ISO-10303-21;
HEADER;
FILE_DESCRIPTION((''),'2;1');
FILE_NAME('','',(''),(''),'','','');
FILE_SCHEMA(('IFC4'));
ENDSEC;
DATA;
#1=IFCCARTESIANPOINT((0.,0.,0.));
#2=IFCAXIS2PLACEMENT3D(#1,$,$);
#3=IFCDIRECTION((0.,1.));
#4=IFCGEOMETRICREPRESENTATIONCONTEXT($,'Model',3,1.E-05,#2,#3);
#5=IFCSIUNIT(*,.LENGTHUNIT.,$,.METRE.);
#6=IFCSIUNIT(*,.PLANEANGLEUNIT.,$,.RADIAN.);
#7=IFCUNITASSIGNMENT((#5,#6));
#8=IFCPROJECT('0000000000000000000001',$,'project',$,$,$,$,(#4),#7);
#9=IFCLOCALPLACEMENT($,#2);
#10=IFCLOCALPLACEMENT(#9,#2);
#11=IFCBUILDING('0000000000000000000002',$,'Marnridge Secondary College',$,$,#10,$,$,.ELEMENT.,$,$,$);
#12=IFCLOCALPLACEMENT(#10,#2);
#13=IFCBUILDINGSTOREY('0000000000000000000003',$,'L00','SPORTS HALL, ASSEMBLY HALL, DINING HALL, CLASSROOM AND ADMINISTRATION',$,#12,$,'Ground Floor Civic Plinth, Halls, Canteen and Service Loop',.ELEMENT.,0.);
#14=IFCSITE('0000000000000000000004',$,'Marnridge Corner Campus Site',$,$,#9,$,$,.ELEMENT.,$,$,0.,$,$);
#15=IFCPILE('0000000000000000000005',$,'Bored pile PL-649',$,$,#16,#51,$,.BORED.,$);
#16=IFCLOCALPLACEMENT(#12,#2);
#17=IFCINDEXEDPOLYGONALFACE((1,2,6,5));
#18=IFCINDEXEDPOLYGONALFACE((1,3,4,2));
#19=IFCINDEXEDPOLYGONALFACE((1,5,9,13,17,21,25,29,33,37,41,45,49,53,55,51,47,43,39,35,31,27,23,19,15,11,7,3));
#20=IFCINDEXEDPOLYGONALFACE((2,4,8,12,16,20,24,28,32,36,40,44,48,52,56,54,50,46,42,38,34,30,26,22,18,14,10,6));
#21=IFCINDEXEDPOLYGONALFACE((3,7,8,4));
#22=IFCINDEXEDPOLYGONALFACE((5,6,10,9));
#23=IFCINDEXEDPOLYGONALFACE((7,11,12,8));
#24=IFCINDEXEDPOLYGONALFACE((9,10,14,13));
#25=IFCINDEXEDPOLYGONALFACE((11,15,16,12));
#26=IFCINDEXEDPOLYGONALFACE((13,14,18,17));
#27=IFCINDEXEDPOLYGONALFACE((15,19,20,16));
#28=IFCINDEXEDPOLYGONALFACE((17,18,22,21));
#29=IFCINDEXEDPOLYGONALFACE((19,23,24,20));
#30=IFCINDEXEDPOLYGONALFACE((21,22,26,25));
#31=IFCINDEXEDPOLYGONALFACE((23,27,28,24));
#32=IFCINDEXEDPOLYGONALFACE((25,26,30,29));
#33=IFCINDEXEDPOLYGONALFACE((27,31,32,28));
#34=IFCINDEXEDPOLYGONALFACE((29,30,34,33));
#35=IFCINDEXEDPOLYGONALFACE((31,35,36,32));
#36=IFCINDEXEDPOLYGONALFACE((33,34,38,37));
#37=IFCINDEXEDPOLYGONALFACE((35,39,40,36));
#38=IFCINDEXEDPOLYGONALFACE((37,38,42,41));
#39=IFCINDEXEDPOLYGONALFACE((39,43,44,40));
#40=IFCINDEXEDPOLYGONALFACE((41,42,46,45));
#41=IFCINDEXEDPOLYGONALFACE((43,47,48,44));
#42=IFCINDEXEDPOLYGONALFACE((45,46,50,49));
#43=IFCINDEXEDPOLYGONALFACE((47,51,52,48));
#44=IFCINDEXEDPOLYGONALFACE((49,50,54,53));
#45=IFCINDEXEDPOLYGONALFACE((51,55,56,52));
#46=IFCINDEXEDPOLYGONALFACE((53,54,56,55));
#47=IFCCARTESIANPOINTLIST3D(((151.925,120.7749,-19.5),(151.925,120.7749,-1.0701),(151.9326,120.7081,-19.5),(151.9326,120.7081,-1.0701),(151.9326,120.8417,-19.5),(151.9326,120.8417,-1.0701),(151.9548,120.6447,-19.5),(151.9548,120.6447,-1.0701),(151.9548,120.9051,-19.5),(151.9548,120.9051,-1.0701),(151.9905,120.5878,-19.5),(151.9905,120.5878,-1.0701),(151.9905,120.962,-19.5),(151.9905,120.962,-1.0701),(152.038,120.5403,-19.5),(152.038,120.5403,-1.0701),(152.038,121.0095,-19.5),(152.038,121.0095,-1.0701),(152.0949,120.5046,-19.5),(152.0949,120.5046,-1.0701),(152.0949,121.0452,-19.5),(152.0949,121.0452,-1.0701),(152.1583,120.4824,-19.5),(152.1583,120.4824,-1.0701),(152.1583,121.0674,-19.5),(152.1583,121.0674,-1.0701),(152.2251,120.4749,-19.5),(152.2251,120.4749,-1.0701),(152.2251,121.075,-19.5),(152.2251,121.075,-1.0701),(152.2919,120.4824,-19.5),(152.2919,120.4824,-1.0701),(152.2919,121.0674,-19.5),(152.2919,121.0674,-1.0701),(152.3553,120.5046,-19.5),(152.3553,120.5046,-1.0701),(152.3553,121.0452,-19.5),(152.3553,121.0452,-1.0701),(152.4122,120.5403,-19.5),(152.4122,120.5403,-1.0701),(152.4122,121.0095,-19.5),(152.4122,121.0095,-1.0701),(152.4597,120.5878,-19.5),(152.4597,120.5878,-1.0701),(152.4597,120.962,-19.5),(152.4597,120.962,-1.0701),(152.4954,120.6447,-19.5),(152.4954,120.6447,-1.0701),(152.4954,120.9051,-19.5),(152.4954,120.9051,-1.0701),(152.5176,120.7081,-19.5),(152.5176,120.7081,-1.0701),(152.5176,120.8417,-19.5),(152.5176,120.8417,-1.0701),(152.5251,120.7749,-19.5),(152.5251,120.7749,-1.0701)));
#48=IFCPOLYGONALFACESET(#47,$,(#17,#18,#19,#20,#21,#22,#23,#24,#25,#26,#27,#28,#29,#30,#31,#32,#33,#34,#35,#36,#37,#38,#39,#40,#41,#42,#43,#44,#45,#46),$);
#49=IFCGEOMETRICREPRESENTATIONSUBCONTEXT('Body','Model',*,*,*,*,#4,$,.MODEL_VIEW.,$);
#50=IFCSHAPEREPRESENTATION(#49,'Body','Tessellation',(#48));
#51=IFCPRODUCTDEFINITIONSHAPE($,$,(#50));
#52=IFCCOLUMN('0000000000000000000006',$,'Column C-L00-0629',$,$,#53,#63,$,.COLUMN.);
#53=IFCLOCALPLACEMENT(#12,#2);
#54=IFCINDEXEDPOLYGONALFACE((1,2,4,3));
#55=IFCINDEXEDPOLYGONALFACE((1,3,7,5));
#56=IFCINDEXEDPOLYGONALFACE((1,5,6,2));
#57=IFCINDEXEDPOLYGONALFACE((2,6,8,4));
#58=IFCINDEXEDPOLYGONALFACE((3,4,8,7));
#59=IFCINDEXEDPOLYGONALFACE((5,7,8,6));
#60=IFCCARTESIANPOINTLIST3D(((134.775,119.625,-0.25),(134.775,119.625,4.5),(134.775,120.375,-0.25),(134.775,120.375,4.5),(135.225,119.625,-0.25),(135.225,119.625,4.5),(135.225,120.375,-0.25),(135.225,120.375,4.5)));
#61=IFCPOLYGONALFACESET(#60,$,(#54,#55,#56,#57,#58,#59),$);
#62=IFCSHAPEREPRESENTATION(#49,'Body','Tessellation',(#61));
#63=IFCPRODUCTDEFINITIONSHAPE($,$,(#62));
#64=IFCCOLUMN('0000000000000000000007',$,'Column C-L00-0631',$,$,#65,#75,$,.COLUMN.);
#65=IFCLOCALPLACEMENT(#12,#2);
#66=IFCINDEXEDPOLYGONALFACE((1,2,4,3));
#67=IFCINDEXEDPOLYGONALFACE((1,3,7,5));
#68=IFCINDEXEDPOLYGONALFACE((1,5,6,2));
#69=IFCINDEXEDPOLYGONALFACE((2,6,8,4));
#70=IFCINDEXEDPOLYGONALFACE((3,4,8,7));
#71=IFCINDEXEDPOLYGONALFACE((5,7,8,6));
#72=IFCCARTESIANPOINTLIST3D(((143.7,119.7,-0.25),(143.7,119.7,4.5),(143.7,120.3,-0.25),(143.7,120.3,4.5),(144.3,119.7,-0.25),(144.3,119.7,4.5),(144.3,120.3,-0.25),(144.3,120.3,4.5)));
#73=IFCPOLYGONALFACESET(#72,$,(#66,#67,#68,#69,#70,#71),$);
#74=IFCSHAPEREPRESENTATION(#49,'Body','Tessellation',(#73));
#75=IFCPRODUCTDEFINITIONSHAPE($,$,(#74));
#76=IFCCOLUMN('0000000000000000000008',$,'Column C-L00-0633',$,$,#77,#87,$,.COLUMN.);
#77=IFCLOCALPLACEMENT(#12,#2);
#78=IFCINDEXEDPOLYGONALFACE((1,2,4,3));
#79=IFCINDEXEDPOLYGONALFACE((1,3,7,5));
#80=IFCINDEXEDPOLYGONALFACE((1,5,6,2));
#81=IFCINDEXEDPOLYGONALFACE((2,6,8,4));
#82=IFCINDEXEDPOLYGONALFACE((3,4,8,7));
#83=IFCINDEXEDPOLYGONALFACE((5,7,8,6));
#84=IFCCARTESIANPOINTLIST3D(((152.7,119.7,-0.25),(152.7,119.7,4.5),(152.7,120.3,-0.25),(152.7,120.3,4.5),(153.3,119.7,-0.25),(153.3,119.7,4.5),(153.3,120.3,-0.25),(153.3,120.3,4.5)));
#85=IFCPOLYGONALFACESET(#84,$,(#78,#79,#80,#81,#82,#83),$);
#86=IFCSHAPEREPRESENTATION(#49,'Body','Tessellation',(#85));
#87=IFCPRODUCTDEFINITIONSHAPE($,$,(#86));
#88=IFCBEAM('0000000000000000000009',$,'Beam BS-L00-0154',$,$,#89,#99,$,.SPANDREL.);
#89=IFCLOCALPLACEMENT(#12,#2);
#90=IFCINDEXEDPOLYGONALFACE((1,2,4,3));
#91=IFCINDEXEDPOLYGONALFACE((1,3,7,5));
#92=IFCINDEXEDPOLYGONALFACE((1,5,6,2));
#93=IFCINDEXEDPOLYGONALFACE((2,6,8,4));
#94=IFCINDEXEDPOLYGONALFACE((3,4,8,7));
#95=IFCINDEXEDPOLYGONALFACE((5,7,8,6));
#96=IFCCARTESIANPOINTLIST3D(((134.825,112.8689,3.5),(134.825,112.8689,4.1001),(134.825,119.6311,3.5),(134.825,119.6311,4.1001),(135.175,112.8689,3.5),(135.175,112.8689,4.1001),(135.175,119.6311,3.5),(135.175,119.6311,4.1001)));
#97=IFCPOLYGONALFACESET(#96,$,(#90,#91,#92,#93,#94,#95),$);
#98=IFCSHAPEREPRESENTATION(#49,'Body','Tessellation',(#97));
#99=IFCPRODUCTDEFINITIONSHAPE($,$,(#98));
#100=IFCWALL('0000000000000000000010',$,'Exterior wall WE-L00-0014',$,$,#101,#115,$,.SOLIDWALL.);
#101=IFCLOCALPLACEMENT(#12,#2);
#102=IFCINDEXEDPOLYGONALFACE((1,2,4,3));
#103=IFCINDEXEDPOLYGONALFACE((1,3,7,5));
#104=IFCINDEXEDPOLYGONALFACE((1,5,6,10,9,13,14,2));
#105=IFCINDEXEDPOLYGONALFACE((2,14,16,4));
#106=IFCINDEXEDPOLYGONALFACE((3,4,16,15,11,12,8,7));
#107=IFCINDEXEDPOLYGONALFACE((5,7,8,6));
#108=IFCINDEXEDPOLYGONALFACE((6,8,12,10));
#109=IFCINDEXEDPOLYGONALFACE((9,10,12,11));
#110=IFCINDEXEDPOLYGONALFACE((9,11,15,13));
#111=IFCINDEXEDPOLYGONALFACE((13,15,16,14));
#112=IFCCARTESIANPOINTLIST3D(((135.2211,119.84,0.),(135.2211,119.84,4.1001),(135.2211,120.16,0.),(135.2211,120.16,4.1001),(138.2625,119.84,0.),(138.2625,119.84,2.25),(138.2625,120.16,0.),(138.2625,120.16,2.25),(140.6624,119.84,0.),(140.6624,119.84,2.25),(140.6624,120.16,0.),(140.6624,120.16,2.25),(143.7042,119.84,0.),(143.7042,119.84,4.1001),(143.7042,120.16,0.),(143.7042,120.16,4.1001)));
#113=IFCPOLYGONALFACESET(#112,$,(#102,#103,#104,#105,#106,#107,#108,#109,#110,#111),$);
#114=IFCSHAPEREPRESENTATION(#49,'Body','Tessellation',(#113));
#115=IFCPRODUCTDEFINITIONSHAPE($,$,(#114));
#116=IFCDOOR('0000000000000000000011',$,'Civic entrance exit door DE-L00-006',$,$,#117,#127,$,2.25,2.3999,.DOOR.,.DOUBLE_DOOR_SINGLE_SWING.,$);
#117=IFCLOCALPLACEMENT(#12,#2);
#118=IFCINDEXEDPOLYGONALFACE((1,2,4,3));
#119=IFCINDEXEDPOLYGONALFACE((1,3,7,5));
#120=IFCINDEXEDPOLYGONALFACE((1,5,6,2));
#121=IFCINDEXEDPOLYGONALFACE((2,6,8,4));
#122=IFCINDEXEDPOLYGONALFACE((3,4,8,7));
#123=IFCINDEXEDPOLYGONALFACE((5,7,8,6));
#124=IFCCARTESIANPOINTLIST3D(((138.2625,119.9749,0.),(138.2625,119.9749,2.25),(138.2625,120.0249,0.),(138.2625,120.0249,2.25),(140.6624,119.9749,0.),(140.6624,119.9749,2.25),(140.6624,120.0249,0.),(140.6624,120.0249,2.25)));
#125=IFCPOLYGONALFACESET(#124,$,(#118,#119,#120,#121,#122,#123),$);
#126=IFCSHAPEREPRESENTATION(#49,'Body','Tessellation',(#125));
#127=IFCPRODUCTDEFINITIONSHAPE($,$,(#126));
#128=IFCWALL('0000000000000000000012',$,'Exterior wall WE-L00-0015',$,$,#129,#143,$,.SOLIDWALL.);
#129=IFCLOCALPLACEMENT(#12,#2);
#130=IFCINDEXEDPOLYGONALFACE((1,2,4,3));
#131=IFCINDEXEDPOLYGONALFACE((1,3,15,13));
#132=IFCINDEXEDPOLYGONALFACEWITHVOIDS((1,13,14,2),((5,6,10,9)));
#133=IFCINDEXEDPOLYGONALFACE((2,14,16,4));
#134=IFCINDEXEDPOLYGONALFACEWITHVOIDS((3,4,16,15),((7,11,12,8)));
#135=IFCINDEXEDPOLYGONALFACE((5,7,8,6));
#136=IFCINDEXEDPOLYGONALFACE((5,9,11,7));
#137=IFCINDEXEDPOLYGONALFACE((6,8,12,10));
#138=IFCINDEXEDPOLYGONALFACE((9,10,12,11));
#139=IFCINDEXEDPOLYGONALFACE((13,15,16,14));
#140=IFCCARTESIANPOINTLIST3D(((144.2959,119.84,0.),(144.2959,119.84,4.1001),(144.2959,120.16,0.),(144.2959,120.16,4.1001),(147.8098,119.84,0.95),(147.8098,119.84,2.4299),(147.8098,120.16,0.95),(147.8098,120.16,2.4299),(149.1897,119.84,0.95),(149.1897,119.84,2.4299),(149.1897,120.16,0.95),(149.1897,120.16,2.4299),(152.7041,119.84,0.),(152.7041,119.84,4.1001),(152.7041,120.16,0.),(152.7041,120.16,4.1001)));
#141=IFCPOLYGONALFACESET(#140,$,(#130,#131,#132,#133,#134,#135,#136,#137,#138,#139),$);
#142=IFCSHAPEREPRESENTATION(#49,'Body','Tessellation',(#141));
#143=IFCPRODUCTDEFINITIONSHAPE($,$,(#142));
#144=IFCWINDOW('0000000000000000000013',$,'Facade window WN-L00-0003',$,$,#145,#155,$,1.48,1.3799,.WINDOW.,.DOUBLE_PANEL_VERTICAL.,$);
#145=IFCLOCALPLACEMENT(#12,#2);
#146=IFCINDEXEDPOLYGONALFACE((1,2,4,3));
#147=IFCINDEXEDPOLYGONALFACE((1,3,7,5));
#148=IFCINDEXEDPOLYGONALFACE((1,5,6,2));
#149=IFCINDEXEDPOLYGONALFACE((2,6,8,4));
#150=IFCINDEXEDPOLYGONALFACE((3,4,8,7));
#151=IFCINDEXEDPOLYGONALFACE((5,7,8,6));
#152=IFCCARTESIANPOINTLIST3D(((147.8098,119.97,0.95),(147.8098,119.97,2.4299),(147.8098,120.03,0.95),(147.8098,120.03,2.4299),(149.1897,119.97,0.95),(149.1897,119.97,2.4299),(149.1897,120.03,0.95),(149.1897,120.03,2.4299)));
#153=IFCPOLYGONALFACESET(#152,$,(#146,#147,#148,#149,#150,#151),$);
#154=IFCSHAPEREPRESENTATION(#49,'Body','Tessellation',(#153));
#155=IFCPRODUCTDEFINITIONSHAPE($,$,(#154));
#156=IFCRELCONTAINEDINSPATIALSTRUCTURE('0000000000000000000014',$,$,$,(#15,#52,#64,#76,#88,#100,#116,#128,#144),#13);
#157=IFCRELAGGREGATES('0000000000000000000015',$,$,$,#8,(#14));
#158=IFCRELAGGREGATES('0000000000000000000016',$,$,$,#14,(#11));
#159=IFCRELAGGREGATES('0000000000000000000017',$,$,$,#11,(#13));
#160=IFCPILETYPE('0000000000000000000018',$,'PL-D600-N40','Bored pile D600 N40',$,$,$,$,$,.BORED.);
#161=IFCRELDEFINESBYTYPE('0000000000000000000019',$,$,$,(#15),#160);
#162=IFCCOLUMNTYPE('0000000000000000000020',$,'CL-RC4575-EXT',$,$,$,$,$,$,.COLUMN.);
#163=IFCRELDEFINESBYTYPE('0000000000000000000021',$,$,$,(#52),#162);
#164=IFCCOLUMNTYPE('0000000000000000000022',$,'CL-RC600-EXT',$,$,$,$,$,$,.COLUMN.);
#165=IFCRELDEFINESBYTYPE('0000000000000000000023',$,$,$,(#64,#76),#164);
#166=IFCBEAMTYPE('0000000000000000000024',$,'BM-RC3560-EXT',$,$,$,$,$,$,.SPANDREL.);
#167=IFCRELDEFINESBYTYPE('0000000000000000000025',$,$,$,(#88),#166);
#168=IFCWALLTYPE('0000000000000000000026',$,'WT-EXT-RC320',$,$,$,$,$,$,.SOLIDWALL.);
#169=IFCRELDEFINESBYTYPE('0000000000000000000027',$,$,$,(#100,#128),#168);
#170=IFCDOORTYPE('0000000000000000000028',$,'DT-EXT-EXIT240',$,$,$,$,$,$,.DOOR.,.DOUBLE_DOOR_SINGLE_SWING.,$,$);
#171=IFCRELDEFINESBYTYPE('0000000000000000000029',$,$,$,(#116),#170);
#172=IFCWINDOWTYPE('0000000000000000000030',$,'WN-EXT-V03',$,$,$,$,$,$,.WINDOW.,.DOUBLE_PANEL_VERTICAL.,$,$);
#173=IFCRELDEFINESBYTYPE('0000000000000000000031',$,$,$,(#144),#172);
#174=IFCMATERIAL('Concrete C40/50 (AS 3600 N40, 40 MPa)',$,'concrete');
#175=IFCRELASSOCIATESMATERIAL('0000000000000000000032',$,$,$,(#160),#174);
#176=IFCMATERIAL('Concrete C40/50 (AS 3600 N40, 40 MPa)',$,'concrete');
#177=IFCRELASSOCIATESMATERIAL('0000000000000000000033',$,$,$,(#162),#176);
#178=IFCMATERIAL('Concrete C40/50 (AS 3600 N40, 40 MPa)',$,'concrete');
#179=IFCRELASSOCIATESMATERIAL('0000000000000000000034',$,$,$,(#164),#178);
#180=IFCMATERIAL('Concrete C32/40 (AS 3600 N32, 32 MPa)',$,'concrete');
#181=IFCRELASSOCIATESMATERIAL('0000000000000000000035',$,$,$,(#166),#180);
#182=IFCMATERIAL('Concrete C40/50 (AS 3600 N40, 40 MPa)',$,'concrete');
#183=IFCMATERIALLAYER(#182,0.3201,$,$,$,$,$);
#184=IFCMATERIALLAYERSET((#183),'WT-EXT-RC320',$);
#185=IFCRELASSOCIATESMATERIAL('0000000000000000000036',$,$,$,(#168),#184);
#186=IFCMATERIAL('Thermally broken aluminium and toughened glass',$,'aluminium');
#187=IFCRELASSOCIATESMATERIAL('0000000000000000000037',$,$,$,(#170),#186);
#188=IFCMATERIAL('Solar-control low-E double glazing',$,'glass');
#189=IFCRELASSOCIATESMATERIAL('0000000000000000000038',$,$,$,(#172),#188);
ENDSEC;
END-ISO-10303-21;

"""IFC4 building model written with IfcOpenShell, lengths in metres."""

from ifc_helpers import new_model, si_unit, direction, frame, frame_2d, origin, origin_2d, place, context, subcontext, project, spatial, rectangle, circle, extrude, material, layer, layer_set, material_profile, profile_set, type_object, element, fill, save


model = new_model("IFC4")

# Units and contexts
model_context = context("Model", 3, precision=1e-05, world=origin(), true_north=direction((0.0, 1.0)))
body_context = subcontext(model_context, "Body", "Model", "MODEL_VIEW")
ifc_project = project(units=[si_unit("LENGTHUNIT", "METRE"), si_unit("PLANEANGLEUNIT", "RADIAN")], contexts=[model_context])

# Site, building, storey
site_placement = place(None, origin())
site = spatial("IfcSite", under=ifc_project, at=site_placement, Name="Marnridge Corner Campus Site", CompositionType="ELEMENT", RefElevation=0.0)
building_placement = place(site_placement, origin())
building = spatial("IfcBuilding", under=site, at=building_placement, Name="Marnridge Secondary College", CompositionType="ELEMENT")
storey_placement = place(building_placement, origin())
storey = spatial("IfcBuildingStorey", under=building, at=storey_placement, Name="L00", Description="SPORTS HALL, ASSEMBLY HALL, DINING HALL, CLASSROOM AND ADMINISTRATION", LongName="Ground Floor Civic Plinth, Halls, Canteen and Service Loop", CompositionType="ELEMENT", Elevation=0.0)

# Pile
ifc_material_1 = material(Name="Concrete C40/50 (AS 3600 N40, 40 MPa)", Category="concrete")
ifc_material_profile_1 = material_profile(ifc_material_1, circle(Radius=0.3, at=origin_2d()), Name="PILE D600")
ifc_profile_set_1 = profile_set([ifc_material_profile_1], Name="Concrete C40/50 (AS 3600 N40, 40 MPa)")
pile_type = type_object("IfcPileType", Name="PL-D600-N40", Description="Bored pile D600 N40", PredefinedType="BORED", material=ifc_profile_set_1)
for number, where, z_axis, x_axis, name in (
    (1, (152.2251, 120.7749, -1.0701), (0.0, 0.0, -1.0), (1.0, 0.0, 0.0), "Bored pile PL-649"),
):
    element("IfcPile", number, at=place(storey_placement, frame(where, z_axis=z_axis, x_axis=x_axis)), inside=storey, type_object=pile_type, Name=name, PredefinedType="BORED", context=body_context, shape_type="SweptSolid", body=[
        extrude(circle(Radius=0.3, at=origin_2d()), origin(), (0.0, 0.0, 1.0), 18.4299),
    ])

# Columns
ifc_material_2 = material(Name="Concrete C40/50 (AS 3600 N40, 40 MPa)", Category="concrete")
ifc_material_profile_2 = material_profile(ifc_material_2, rectangle(XDim=0.45, YDim=0.75, at=origin_2d()), Name="RC 450x750")
ifc_profile_set_2 = profile_set([ifc_material_profile_2], Name="Concrete C40/50 (AS 3600 N40, 40 MPa)")
column_type_1 = type_object("IfcColumnType", Name="CL-RC4575-EXT", PredefinedType="COLUMN", material=ifc_profile_set_2)
column_placement = place(storey_placement, frame((135.0, 120.0, -0.25), z_axis=(0.0, 0.0, 1.0), x_axis=(1.0, 0.0, 0.0)))
element("IfcColumn", 2, at=column_placement, inside=storey, type_object=column_type_1, Name="Column C-L00-0629", PredefinedType="COLUMN", context=body_context, shape_type="SweptSolid", body=[
    extrude(rectangle(XDim=0.45, YDim=0.75, at=origin_2d()), origin(), (0.0, 0.0, 1.0), 4.75),
])
ifc_material_3 = material(Name="Concrete C40/50 (AS 3600 N40, 40 MPa)", Category="concrete")
ifc_material_profile_3 = material_profile(ifc_material_3, rectangle(XDim=0.6001, YDim=0.6001, at=origin_2d()), Name="RC 600x600")
ifc_profile_set_3 = profile_set([ifc_material_profile_3], Name="Concrete C40/50 (AS 3600 N40, 40 MPa)")
column_type_2 = type_object("IfcColumnType", Name="CL-RC600-EXT", PredefinedType="COLUMN", material=ifc_profile_set_3)
for number, where, z_axis, x_axis, name in (
    (3, (144.0, 120.0, -0.25), (0.0, 0.0, 1.0), (1.0, 0.0, 0.0), "Column C-L00-0631"),
    (4, (153.0, 120.0, -0.25), (0.0, 0.0, 1.0), (1.0, 0.0, 0.0), "Column C-L00-0633"),
):
    element("IfcColumn", number, at=place(storey_placement, frame(where, z_axis=z_axis, x_axis=x_axis)), inside=storey, type_object=column_type_2, Name=name, PredefinedType="COLUMN", context=body_context, shape_type="SweptSolid", body=[
        extrude(rectangle(XDim=0.6001, YDim=0.6001, at=origin_2d()), origin(), (0.0, 0.0, 1.0), 4.75),
    ])

# Beam
ifc_material_4 = material(Name="Concrete C32/40 (AS 3600 N32, 32 MPa)", Category="concrete")
ifc_material_profile_4 = material_profile(ifc_material_4, rectangle(XDim=0.3501, YDim=0.6001, at=origin_2d()), Name="RC 350x600")
ifc_profile_set_4 = profile_set([ifc_material_profile_4], Name="Concrete C32/40 (AS 3600 N32, 32 MPa)")
beam_type = type_object("IfcBeamType", Name="BM-RC3560-EXT", PredefinedType="SPANDREL", material=ifc_profile_set_4)
beam_placement = place(storey_placement, frame((135.0, 112.8689, 3.8), z_axis=(0.0, 1.0, 0.0), x_axis=(-1.0, 0.0, 0.0)))
element("IfcBeam", 5, at=beam_placement, inside=storey, type_object=beam_type, Name="Beam BS-L00-0154", PredefinedType="SPANDREL", context=body_context, shape_type="SweptSolid", body=[
    extrude(rectangle(XDim=0.3501, YDim=0.6001, at=origin_2d()), origin(), (0.0, 0.0, 1.0), 6.7622),
])

# Wall, opening, door
ifc_material_5 = material(Name="Concrete C40/50 (AS 3600 N40, 40 MPa)", Category="concrete")
ifc_layer = layer(ifc_material_5, 0.3201)
ifc_layer_set = layer_set([ifc_layer], Name="WT-EXT-RC320")
wall_type = type_object("IfcWallType", Name="WT-EXT-RC320", PredefinedType="SOLIDWALL", material=ifc_layer_set)
wall_1_placement = place(storey_placement, frame((135.2209, 120.0, 0.0), z_axis=(0.0, 0.0, 1.0), x_axis=(1.0, 0.0, 0.0)))
wall_1 = element("IfcWall", 6, at=wall_1_placement, inside=storey, type_object=wall_type, Name="Exterior wall WE-L00-0014", PredefinedType="SOLIDWALL", context=body_context, shape_type="SweptSolid", body=[
    extrude(rectangle(XDim=8.4832, YDim=0.3201, at=frame_2d((4.2417, 0.0))), origin(), (0.0, 0.0, 1.0), 4.1001),
])
opening_1_placement = place(wall_1_placement, frame((3.0415, 0.0, 0.0)))
opening_1 = element("IfcOpeningElement", 7, at=opening_1_placement, cuts=wall_1, PredefinedType="OPENING", context=body_context, shape_type="SweptSolid", body=[
    extrude(rectangle(XDim=2.3999, YDim=2.25, at=frame_2d((1.2, 1.125))), frame((0.0, 0.1699, 0.0), z_axis=(0.0, -1.0, 0.0), x_axis=(1.0, 0.0, 0.0)), (0.0, 0.0, 1.0), 0.3401),
])
ifc_material_6 = material(Name="Thermally broken aluminium and toughened glass", Category="aluminium")
door_type = type_object("IfcDoorType", Name="DT-EXT-EXIT240", OperationType="DOUBLE_DOOR_SINGLE_SWING", PredefinedType="DOOR", material=ifc_material_6)
door_1_placement = place(opening_1_placement, origin())
door_1 = element("IfcDoor", 8, at=door_1_placement, inside=storey, type_object=door_type, Name="Civic entrance exit door DE-L00-006", OperationType="DOUBLE_DOOR_SINGLE_SWING", OverallHeight=2.25, OverallWidth=2.3999, PredefinedType="DOOR", context=body_context, shape_type="SweptSolid", body=[
    extrude(rectangle(XDim=2.3999, YDim=2.25, at=frame_2d((1.2, 1.125))), frame((0.0, 0.0249, 0.0), z_axis=(0.0, -1.0, 0.0), x_axis=(1.0, 0.0, 0.0)), (0.0, 0.0, 1.0), 0.05),
])
fill(opening_1, door_1)

# Wall, opening, window
wall_2_placement = place(storey_placement, frame((144.2959, 120.0, 0.0), z_axis=(0.0, 0.0, 1.0), x_axis=(1.0, 0.0, 0.0)))
wall_2 = element("IfcWall", 9, at=wall_2_placement, inside=storey, type_object=wall_type, Name="Exterior wall WE-L00-0015", PredefinedType="SOLIDWALL", context=body_context, shape_type="SweptSolid", body=[
    extrude(rectangle(XDim=8.4082, YDim=0.3201, at=frame_2d((4.2041, 0.0))), origin(), (0.0, 0.0, 1.0), 4.1001),
])
opening_2_placement = place(wall_2_placement, frame((3.5139, 0.0, 0.95)))
opening_2 = element("IfcOpeningElement", 10, at=opening_2_placement, cuts=wall_2, PredefinedType="OPENING", context=body_context, shape_type="SweptSolid", body=[
    extrude(rectangle(XDim=1.3799, YDim=1.48, at=frame_2d((0.6899, 0.74))), frame((0.0, 0.1699, 0.0), z_axis=(0.0, -1.0, 0.0), x_axis=(1.0, 0.0, 0.0)), (0.0, 0.0, 1.0), 0.3401),
])
ifc_material_7 = material(Name="Solar-control low-E double glazing", Category="glass")
window_type = type_object("IfcWindowType", Name="WN-EXT-V03", PartitioningType="DOUBLE_PANEL_VERTICAL", PredefinedType="WINDOW", material=ifc_material_7)
window_placement = place(opening_2_placement, origin())
window = element("IfcWindow", 11, at=window_placement, inside=storey, type_object=window_type, Name="Facade window WN-L00-0003", OverallHeight=1.48, OverallWidth=1.3799, PartitioningType="DOUBLE_PANEL_VERTICAL", PredefinedType="WINDOW", context=body_context, shape_type="SweptSolid", body=[
    extrude(rectangle(XDim=1.3799, YDim=1.48, at=frame_2d((0.6899, 0.74))), frame((0.0, 0.03, 0.0), z_axis=(0.0, -1.0, 0.0), x_axis=(1.0, 0.0, 0.0)), (0.0, 0.0, 1.0), 0.0601),
])
fill(opening_2, window)

save(model, "model.ifc")
